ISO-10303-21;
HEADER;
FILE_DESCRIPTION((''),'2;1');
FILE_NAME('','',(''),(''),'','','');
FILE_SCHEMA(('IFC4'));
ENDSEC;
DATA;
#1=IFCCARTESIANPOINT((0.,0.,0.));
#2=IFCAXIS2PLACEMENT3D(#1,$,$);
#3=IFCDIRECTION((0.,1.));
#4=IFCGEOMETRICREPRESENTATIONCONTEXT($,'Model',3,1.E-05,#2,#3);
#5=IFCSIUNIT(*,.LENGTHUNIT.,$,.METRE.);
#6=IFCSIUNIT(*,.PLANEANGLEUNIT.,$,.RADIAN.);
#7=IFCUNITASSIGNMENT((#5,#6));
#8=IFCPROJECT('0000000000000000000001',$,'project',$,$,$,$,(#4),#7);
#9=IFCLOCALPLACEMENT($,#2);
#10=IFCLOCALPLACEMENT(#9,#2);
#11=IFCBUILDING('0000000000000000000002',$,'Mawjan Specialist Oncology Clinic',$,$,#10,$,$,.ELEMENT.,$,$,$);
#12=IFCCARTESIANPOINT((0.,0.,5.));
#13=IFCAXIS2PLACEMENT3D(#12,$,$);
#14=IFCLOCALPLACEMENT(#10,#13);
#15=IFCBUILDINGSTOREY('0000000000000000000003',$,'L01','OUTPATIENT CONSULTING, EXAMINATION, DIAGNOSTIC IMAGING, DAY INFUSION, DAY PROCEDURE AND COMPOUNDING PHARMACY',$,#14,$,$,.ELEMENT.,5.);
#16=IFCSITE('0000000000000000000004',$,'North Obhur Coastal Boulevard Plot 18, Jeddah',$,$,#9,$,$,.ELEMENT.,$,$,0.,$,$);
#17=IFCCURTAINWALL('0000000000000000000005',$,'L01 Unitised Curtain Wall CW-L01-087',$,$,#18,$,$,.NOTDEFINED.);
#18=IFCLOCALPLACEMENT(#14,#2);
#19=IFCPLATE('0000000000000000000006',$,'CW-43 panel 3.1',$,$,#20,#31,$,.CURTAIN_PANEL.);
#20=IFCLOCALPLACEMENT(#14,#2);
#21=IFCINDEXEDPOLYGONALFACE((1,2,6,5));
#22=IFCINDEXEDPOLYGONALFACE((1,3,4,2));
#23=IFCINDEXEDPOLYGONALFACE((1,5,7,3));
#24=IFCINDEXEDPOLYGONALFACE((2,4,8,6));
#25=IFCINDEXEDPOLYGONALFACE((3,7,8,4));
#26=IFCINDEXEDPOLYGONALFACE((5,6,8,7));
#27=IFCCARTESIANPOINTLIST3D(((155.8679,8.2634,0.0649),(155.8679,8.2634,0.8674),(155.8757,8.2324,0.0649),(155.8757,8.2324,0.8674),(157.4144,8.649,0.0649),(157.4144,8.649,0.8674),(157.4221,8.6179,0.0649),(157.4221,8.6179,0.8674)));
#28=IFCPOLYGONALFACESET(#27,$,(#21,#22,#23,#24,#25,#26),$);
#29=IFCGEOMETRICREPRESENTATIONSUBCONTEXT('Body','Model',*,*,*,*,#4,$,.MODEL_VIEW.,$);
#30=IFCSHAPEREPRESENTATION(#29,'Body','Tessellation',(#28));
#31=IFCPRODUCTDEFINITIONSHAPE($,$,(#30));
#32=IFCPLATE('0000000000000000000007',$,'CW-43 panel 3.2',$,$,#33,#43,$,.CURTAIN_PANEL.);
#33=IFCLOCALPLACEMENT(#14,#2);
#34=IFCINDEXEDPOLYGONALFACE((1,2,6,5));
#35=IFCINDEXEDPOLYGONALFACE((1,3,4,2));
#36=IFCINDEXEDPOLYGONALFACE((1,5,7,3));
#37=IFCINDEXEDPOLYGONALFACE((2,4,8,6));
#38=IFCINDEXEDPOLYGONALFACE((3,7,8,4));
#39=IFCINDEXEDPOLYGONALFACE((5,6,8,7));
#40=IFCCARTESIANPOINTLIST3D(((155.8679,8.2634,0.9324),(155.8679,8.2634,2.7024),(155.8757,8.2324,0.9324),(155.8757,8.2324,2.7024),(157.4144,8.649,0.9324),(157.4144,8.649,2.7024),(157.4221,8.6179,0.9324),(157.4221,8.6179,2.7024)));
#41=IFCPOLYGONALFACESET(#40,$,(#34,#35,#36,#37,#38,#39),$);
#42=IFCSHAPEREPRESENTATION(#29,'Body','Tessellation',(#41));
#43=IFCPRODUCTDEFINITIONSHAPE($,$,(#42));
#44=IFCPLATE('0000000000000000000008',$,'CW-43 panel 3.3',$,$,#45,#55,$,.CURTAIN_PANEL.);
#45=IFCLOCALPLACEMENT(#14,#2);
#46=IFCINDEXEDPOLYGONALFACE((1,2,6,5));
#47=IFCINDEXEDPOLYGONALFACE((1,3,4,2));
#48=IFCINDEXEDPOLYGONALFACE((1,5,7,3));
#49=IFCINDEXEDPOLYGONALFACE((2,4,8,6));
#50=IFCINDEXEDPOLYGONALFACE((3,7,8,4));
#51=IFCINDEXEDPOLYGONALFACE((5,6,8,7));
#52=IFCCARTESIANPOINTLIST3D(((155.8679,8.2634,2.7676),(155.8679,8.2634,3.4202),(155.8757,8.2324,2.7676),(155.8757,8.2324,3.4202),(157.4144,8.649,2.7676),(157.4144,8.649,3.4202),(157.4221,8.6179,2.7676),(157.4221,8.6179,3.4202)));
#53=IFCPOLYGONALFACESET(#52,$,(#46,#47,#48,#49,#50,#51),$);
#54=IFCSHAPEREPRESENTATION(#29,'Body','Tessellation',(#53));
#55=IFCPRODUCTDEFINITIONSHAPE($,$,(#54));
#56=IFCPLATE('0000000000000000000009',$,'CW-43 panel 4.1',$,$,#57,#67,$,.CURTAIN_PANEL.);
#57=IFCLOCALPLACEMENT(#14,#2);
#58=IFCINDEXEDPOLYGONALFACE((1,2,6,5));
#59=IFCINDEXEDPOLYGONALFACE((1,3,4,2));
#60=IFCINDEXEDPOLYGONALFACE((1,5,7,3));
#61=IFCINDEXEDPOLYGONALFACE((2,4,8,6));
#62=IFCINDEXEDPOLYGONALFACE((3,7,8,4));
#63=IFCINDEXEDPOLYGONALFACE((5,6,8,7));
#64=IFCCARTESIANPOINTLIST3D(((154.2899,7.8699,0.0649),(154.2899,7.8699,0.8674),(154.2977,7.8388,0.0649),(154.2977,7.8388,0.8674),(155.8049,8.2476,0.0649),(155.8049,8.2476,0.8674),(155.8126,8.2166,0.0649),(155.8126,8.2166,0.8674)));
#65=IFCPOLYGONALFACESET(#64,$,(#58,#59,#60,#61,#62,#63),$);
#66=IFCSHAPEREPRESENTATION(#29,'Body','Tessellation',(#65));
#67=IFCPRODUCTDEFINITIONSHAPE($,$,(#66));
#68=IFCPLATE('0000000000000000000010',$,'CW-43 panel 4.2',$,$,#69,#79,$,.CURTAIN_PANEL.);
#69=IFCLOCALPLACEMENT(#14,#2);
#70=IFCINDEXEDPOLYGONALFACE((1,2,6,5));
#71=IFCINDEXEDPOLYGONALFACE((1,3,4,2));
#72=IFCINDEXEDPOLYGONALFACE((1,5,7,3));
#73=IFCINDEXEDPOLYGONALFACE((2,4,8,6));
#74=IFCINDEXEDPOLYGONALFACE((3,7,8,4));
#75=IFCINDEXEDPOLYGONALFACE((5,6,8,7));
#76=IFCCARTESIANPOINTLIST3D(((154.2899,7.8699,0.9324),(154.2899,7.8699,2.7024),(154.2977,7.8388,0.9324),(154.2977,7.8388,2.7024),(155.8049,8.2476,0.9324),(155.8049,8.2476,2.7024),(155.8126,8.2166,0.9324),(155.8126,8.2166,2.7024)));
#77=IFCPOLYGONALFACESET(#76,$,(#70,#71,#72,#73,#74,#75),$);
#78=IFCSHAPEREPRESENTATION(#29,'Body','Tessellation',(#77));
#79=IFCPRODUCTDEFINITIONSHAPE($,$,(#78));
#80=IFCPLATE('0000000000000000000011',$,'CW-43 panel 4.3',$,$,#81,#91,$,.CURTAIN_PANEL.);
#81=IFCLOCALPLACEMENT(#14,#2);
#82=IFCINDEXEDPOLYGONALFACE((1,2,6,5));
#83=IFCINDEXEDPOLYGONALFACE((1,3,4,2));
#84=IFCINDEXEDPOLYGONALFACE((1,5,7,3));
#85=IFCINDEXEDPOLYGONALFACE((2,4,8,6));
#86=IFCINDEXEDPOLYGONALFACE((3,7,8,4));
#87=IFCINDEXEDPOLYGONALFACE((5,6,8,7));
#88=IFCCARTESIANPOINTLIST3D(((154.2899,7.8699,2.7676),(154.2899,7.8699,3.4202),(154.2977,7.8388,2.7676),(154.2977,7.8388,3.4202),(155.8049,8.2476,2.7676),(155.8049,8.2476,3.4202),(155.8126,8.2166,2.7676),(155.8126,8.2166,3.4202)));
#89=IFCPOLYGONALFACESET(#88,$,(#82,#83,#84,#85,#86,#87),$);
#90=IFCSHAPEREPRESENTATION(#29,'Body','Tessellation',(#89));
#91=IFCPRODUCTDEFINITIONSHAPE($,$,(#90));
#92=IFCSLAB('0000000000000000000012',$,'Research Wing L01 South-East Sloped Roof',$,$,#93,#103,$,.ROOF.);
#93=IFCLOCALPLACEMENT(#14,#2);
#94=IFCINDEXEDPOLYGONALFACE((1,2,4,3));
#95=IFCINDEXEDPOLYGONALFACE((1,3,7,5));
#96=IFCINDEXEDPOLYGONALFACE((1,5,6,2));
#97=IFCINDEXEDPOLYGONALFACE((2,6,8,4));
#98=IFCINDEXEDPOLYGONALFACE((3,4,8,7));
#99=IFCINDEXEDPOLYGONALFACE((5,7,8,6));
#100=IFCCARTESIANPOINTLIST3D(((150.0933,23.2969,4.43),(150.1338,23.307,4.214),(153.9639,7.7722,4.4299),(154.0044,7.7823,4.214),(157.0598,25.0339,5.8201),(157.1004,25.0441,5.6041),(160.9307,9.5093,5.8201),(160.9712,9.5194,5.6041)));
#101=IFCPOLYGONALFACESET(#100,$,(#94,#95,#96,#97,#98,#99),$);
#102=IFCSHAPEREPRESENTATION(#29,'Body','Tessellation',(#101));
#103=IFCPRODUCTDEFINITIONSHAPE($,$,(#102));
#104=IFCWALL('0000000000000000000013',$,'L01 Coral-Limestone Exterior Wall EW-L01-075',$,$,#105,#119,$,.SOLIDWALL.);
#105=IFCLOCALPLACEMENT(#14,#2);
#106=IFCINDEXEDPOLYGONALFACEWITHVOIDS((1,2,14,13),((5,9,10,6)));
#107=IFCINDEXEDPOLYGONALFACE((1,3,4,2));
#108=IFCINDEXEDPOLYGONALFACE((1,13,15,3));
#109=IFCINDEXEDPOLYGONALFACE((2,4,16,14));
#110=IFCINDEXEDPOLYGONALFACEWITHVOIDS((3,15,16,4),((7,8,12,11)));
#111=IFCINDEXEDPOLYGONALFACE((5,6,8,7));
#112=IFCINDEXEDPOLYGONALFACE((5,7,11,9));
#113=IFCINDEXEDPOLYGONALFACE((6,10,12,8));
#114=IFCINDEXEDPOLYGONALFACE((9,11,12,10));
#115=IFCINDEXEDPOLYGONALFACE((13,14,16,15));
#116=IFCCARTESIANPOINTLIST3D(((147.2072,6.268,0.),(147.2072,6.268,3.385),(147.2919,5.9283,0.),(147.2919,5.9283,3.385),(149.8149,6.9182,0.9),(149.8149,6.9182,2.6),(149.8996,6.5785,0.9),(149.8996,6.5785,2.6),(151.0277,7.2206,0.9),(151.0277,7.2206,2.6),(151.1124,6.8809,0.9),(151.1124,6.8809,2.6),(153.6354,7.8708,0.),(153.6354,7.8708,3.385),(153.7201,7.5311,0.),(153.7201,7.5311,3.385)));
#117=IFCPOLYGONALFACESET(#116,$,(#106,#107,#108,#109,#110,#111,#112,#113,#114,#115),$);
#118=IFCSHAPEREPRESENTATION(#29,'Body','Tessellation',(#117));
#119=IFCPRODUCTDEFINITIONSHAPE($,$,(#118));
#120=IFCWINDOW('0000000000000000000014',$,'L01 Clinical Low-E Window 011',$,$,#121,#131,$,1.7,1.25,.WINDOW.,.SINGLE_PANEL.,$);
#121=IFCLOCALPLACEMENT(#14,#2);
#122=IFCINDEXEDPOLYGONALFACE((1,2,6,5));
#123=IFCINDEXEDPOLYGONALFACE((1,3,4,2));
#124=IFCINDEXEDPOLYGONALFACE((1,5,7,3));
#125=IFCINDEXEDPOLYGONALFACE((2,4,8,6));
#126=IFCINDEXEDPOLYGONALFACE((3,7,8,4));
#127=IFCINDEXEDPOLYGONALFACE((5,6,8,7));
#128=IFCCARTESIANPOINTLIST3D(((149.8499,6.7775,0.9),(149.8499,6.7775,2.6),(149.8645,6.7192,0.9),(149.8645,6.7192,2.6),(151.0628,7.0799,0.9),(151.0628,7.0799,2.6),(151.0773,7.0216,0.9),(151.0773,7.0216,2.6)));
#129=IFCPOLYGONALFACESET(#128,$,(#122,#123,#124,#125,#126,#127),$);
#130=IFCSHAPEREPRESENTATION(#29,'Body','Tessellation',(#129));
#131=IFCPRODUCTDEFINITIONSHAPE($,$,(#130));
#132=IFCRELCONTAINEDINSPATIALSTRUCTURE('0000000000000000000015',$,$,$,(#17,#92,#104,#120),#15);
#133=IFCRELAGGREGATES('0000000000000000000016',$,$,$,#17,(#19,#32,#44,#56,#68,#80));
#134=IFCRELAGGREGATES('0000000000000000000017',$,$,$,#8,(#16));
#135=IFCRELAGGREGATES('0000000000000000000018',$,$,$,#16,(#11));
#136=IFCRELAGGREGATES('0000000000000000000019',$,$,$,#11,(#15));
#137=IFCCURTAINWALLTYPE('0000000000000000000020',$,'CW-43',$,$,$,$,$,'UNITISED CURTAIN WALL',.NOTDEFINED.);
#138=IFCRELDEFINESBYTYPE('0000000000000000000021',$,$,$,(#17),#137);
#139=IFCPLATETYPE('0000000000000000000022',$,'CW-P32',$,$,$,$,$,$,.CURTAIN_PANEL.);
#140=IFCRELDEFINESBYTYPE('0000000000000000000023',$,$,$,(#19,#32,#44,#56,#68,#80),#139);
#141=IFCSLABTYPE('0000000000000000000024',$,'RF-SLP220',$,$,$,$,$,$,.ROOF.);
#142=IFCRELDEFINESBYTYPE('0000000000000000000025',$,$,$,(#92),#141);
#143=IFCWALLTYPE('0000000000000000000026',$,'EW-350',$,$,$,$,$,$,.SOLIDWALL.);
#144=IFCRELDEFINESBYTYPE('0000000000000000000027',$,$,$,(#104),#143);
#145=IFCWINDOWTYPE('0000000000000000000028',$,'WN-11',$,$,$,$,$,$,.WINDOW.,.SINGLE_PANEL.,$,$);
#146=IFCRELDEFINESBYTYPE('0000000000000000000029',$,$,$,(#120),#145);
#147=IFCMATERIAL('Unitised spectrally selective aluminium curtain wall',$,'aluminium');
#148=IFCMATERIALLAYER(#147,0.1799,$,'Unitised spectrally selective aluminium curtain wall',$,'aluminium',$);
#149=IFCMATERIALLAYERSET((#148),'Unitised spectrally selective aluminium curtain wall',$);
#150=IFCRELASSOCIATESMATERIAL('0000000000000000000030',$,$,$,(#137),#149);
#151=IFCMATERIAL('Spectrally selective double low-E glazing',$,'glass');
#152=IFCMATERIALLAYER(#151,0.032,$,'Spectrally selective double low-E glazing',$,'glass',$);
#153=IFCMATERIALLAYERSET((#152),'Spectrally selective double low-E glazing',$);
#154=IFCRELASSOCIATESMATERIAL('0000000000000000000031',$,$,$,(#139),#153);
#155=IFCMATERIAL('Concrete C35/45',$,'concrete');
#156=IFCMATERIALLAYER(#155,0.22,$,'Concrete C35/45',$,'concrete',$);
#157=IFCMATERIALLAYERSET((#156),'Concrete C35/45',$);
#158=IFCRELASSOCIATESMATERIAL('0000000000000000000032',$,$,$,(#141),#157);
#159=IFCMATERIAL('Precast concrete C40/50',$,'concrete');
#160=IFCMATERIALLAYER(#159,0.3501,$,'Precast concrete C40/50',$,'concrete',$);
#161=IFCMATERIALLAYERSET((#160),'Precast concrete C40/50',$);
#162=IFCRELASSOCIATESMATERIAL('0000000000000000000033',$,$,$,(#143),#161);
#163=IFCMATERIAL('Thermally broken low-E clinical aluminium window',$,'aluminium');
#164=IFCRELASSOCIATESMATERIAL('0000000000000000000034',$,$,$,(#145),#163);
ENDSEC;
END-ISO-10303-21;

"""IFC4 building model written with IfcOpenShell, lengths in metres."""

from ifc_helpers import new_model, si_unit, direction, frame, frame_2d, origin, origin_2d, place, context, subcontext, project, spatial, polyline, rectangle, outline, extrude, material, layer, layer_set, type_object, element, fill, aggregate, save


model = new_model("IFC4")

# Units and contexts
model_context = context("Model", 3, precision=1e-05, world=origin(), true_north=direction((0.0, 1.0)))
body_context = subcontext(model_context, "Body", "Model", "MODEL_VIEW")
ifc_project = project(units=[si_unit("LENGTHUNIT", "METRE"), si_unit("PLANEANGLEUNIT", "RADIAN")], contexts=[model_context])

# Site, building, storey
site_placement = place(None, origin())
site = spatial("IfcSite", under=ifc_project, at=site_placement, Name="North Obhur Coastal Boulevard Plot 18, Jeddah", CompositionType="ELEMENT", RefElevation=0.0)
building_placement = place(site_placement, origin())
building = spatial("IfcBuilding", under=site, at=building_placement, Name="Mawjan Specialist Oncology Clinic", CompositionType="ELEMENT")
storey_placement = place(building_placement, frame((0.0, 0.0, 5.0)))
storey = spatial("IfcBuildingStorey", under=building, at=storey_placement, Name="L01", Description="OUTPATIENT CONSULTING, EXAMINATION, DIAGNOSTIC IMAGING, DAY INFUSION, DAY PROCEDURE AND COMPOUNDING PHARMACY", CompositionType="ELEMENT", Elevation=5.0)

# Curtain wall
ifc_material_1 = material(Name="Unitised spectrally selective aluminium curtain wall", Category="aluminium")
ifc_layer_1 = layer(ifc_material_1, 0.1799, Name="Unitised spectrally selective aluminium curtain wall", Category="aluminium")
ifc_layer_set_1 = layer_set([ifc_layer_1], Name="Unitised spectrally selective aluminium curtain wall")
curtain_wall_type = type_object("IfcCurtainWallType", Name="CW-43", ElementType="UNITISED CURTAIN WALL", PredefinedType="NOTDEFINED", material=ifc_layer_set_1)
curtain_wall_placement = place(storey_placement, origin())
curtain_wall = element("IfcCurtainWall", 1, at=curtain_wall_placement, inside=storey, type_object=curtain_wall_type, Name="L01 Unitised Curtain Wall CW-L01-087", PredefinedType="NOTDEFINED")

# Plates
ifc_material_2 = material(Name="Spectrally selective double low-E glazing", Category="glass")
ifc_layer_2 = layer(ifc_material_2, 0.032, Name="Spectrally selective double low-E glazing", Category="glass")
ifc_layer_set_2 = layer_set([ifc_layer_2], Name="Spectrally selective double low-E glazing")
plate_type = type_object("IfcPlateType", Name="CW-P32", PredefinedType="CURTAIN_PANEL", material=ifc_layer_set_2)
plate_1_placement = place(storey_placement, frame((156.645, 8.4407, 0.0649), z_axis=(0.0, 0.0, 1.0), x_axis=(-0.970296, -0.241922, 0.0)))
plate_1 = element("IfcPlate", 2, at=plate_1_placement, type_object=plate_type, Name="CW-43 panel 3.1", PredefinedType="CURTAIN_PANEL", context=body_context, shape_type="SweptSolid", body=[
    extrude(rectangle(XDim=1.5938, YDim=0.032, at=origin_2d()), origin(), (0.0, 0.0, 1.0), 0.8025),
])
plate_2_placement = place(storey_placement, frame((156.645, 8.4407, 0.9324), z_axis=(0.0, 0.0, 1.0), x_axis=(-0.970296, -0.241922, 0.0)))
plate_2 = element("IfcPlate", 3, at=plate_2_placement, type_object=plate_type, Name="CW-43 panel 3.2", PredefinedType="CURTAIN_PANEL", context=body_context, shape_type="SweptSolid", body=[
    extrude(rectangle(XDim=1.5938, YDim=0.032, at=origin_2d()), origin(), (0.0, 0.0, 1.0), 1.77),
])
plate_3_placement = place(storey_placement, frame((156.645, 8.4407, 2.7676), z_axis=(0.0, 0.0, 1.0), x_axis=(-0.970296, -0.241922, 0.0)))
plate_3 = element("IfcPlate", 4, at=plate_3_placement, type_object=plate_type, Name="CW-43 panel 3.3", PredefinedType="CURTAIN_PANEL", context=body_context, shape_type="SweptSolid", body=[
    extrude(rectangle(XDim=1.5938, YDim=0.032, at=origin_2d()), origin(), (0.0, 0.0, 1.0), 0.6526),
])
plate_4_placement = place(storey_placement, frame((155.0513, 8.0432, 0.0649), z_axis=(0.0, 0.0, 1.0), x_axis=(-0.970296, -0.241922, 0.0)))
plate_4 = element("IfcPlate", 5, at=plate_4_placement, type_object=plate_type, Name="CW-43 panel 4.1", PredefinedType="CURTAIN_PANEL", context=body_context, shape_type="SweptSolid", body=[
    extrude(rectangle(XDim=1.5613, YDim=0.032, at=origin_2d()), origin(), (0.0, 0.0, 1.0), 0.8025),
])
plate_5_placement = place(storey_placement, frame((155.0513, 8.0432, 0.9324), z_axis=(0.0, 0.0, 1.0), x_axis=(-0.970296, -0.241922, 0.0)))
plate_5 = element("IfcPlate", 6, at=plate_5_placement, type_object=plate_type, Name="CW-43 panel 4.2", PredefinedType="CURTAIN_PANEL", context=body_context, shape_type="SweptSolid", body=[
    extrude(rectangle(XDim=1.5613, YDim=0.032, at=origin_2d()), origin(), (0.0, 0.0, 1.0), 1.77),
])
plate_6_placement = place(storey_placement, frame((155.0513, 8.0432, 2.7676), z_axis=(0.0, 0.0, 1.0), x_axis=(-0.970296, -0.241922, 0.0)))
plate_6 = element("IfcPlate", 7, at=plate_6_placement, type_object=plate_type, Name="CW-43 panel 4.3", PredefinedType="CURTAIN_PANEL", context=body_context, shape_type="SweptSolid", body=[
    extrude(rectangle(XDim=1.5613, YDim=0.032, at=origin_2d()), origin(), (0.0, 0.0, 1.0), 0.6526),
])
aggregate(curtain_wall, [plate_1, plate_2, plate_3, plate_4, plate_5, plate_6])

# Slab
ifc_material_3 = material(Name="Concrete C35/45", Category="concrete")
ifc_layer_3 = layer(ifc_material_3, 0.22, Name="Concrete C35/45", Category="concrete")
ifc_layer_set_3 = layer_set([ifc_layer_3], Name="Concrete C35/45")
slab_type = type_object("IfcSlabType", Name="RF-SLP220", PredefinedType="ROOF", material=ifc_layer_set_3)
slab_placement = place(storey_placement, frame((153.9639, 7.7722, 4.4299), z_axis=(-0.184437, -0.045985, 0.981768), x_axis=(-0.241915, 0.970298, 0.000001)))
element("IfcSlab", 8, at=slab_placement, inside=storey, type_object=slab_type, Name="Research Wing L01 South-East Sloped Roof", PredefinedType="ROOF", context=body_context, shape_type="SweptSolid", body=[
    extrude(outline(polyline([(0.0, 0.0), (15.9999, 0.0), (16.0, -7.3132), (0.0001, -7.3134), (0.0, 0.0)])), origin(), (0.0, 0.0, -1.0), 0.22),
])

# Wall, opening, window
ifc_material_4 = material(Name="Precast concrete C40/50", Category="concrete")
ifc_layer_4 = layer(ifc_material_4, 0.3501, Name="Precast concrete C40/50", Category="concrete")
ifc_layer_set_4 = layer_set([ifc_layer_4], Name="Precast concrete C40/50")
wall_type = type_object("IfcWallType", Name="EW-350", PredefinedType="SOLIDWALL", material=ifc_layer_set_4)
wall_placement = place(storey_placement, frame((153.6777, 7.7009, 0.0), z_axis=(0.0, 0.0, 1.0), x_axis=(-0.970294, -0.241929, 0.0)))
wall = element("IfcWall", 9, at=wall_placement, inside=storey, type_object=wall_type, Name="L01 Coral-Limestone Exterior Wall EW-L01-075", PredefinedType="SOLIDWALL", context=body_context, shape_type="SweptSolid", body=[
    extrude(rectangle(XDim=6.625, YDim=0.3501, at=frame_2d((3.3125, 0.0))), origin(), (0.0, 0.0, 1.0), 3.385),
])
opening_placement = place(wall_placement, frame((2.6875, 0.0, 0.8999)))
opening = element("IfcOpeningElement", 10, at=opening_placement, cuts=wall, PredefinedType="OPENING", context=body_context, shape_type="SweptSolid", body=[
    extrude(rectangle(XDim=1.25, YDim=1.7, at=frame_2d((0.625, 0.8501))), frame((0.0, 0.187, 0.0), z_axis=(0.0, -1.0, 0.0), x_axis=(1.0, 0.0, 0.0)), (0.0, 0.0, 1.0), 0.374),
])
ifc_material_5 = material(Name="Thermally broken low-E clinical aluminium window", Category="aluminium")
window_type = type_object("IfcWindowType", Name="WN-11", PartitioningType="SINGLE_PANEL", PredefinedType="WINDOW", material=ifc_material_5)
window_placement = place(opening_placement, origin())
window = element("IfcWindow", 11, at=window_placement, inside=storey, type_object=window_type, Name="L01 Clinical Low-E Window 011", OverallHeight=1.7, OverallWidth=1.25, PartitioningType="SINGLE_PANEL", PredefinedType="WINDOW", context=body_context, shape_type="SweptSolid", body=[
    extrude(rectangle(XDim=1.25, YDim=1.7, at=frame_2d((0.625, 0.8501))), frame((0.0, 0.03, 0.0), z_axis=(0.0, -1.0, 0.0), x_axis=(1.0, 0.0, 0.0)), (0.0, 0.0, 1.0), 0.0601),
])
fill(opening, window)

save(model, "model.ifc")
